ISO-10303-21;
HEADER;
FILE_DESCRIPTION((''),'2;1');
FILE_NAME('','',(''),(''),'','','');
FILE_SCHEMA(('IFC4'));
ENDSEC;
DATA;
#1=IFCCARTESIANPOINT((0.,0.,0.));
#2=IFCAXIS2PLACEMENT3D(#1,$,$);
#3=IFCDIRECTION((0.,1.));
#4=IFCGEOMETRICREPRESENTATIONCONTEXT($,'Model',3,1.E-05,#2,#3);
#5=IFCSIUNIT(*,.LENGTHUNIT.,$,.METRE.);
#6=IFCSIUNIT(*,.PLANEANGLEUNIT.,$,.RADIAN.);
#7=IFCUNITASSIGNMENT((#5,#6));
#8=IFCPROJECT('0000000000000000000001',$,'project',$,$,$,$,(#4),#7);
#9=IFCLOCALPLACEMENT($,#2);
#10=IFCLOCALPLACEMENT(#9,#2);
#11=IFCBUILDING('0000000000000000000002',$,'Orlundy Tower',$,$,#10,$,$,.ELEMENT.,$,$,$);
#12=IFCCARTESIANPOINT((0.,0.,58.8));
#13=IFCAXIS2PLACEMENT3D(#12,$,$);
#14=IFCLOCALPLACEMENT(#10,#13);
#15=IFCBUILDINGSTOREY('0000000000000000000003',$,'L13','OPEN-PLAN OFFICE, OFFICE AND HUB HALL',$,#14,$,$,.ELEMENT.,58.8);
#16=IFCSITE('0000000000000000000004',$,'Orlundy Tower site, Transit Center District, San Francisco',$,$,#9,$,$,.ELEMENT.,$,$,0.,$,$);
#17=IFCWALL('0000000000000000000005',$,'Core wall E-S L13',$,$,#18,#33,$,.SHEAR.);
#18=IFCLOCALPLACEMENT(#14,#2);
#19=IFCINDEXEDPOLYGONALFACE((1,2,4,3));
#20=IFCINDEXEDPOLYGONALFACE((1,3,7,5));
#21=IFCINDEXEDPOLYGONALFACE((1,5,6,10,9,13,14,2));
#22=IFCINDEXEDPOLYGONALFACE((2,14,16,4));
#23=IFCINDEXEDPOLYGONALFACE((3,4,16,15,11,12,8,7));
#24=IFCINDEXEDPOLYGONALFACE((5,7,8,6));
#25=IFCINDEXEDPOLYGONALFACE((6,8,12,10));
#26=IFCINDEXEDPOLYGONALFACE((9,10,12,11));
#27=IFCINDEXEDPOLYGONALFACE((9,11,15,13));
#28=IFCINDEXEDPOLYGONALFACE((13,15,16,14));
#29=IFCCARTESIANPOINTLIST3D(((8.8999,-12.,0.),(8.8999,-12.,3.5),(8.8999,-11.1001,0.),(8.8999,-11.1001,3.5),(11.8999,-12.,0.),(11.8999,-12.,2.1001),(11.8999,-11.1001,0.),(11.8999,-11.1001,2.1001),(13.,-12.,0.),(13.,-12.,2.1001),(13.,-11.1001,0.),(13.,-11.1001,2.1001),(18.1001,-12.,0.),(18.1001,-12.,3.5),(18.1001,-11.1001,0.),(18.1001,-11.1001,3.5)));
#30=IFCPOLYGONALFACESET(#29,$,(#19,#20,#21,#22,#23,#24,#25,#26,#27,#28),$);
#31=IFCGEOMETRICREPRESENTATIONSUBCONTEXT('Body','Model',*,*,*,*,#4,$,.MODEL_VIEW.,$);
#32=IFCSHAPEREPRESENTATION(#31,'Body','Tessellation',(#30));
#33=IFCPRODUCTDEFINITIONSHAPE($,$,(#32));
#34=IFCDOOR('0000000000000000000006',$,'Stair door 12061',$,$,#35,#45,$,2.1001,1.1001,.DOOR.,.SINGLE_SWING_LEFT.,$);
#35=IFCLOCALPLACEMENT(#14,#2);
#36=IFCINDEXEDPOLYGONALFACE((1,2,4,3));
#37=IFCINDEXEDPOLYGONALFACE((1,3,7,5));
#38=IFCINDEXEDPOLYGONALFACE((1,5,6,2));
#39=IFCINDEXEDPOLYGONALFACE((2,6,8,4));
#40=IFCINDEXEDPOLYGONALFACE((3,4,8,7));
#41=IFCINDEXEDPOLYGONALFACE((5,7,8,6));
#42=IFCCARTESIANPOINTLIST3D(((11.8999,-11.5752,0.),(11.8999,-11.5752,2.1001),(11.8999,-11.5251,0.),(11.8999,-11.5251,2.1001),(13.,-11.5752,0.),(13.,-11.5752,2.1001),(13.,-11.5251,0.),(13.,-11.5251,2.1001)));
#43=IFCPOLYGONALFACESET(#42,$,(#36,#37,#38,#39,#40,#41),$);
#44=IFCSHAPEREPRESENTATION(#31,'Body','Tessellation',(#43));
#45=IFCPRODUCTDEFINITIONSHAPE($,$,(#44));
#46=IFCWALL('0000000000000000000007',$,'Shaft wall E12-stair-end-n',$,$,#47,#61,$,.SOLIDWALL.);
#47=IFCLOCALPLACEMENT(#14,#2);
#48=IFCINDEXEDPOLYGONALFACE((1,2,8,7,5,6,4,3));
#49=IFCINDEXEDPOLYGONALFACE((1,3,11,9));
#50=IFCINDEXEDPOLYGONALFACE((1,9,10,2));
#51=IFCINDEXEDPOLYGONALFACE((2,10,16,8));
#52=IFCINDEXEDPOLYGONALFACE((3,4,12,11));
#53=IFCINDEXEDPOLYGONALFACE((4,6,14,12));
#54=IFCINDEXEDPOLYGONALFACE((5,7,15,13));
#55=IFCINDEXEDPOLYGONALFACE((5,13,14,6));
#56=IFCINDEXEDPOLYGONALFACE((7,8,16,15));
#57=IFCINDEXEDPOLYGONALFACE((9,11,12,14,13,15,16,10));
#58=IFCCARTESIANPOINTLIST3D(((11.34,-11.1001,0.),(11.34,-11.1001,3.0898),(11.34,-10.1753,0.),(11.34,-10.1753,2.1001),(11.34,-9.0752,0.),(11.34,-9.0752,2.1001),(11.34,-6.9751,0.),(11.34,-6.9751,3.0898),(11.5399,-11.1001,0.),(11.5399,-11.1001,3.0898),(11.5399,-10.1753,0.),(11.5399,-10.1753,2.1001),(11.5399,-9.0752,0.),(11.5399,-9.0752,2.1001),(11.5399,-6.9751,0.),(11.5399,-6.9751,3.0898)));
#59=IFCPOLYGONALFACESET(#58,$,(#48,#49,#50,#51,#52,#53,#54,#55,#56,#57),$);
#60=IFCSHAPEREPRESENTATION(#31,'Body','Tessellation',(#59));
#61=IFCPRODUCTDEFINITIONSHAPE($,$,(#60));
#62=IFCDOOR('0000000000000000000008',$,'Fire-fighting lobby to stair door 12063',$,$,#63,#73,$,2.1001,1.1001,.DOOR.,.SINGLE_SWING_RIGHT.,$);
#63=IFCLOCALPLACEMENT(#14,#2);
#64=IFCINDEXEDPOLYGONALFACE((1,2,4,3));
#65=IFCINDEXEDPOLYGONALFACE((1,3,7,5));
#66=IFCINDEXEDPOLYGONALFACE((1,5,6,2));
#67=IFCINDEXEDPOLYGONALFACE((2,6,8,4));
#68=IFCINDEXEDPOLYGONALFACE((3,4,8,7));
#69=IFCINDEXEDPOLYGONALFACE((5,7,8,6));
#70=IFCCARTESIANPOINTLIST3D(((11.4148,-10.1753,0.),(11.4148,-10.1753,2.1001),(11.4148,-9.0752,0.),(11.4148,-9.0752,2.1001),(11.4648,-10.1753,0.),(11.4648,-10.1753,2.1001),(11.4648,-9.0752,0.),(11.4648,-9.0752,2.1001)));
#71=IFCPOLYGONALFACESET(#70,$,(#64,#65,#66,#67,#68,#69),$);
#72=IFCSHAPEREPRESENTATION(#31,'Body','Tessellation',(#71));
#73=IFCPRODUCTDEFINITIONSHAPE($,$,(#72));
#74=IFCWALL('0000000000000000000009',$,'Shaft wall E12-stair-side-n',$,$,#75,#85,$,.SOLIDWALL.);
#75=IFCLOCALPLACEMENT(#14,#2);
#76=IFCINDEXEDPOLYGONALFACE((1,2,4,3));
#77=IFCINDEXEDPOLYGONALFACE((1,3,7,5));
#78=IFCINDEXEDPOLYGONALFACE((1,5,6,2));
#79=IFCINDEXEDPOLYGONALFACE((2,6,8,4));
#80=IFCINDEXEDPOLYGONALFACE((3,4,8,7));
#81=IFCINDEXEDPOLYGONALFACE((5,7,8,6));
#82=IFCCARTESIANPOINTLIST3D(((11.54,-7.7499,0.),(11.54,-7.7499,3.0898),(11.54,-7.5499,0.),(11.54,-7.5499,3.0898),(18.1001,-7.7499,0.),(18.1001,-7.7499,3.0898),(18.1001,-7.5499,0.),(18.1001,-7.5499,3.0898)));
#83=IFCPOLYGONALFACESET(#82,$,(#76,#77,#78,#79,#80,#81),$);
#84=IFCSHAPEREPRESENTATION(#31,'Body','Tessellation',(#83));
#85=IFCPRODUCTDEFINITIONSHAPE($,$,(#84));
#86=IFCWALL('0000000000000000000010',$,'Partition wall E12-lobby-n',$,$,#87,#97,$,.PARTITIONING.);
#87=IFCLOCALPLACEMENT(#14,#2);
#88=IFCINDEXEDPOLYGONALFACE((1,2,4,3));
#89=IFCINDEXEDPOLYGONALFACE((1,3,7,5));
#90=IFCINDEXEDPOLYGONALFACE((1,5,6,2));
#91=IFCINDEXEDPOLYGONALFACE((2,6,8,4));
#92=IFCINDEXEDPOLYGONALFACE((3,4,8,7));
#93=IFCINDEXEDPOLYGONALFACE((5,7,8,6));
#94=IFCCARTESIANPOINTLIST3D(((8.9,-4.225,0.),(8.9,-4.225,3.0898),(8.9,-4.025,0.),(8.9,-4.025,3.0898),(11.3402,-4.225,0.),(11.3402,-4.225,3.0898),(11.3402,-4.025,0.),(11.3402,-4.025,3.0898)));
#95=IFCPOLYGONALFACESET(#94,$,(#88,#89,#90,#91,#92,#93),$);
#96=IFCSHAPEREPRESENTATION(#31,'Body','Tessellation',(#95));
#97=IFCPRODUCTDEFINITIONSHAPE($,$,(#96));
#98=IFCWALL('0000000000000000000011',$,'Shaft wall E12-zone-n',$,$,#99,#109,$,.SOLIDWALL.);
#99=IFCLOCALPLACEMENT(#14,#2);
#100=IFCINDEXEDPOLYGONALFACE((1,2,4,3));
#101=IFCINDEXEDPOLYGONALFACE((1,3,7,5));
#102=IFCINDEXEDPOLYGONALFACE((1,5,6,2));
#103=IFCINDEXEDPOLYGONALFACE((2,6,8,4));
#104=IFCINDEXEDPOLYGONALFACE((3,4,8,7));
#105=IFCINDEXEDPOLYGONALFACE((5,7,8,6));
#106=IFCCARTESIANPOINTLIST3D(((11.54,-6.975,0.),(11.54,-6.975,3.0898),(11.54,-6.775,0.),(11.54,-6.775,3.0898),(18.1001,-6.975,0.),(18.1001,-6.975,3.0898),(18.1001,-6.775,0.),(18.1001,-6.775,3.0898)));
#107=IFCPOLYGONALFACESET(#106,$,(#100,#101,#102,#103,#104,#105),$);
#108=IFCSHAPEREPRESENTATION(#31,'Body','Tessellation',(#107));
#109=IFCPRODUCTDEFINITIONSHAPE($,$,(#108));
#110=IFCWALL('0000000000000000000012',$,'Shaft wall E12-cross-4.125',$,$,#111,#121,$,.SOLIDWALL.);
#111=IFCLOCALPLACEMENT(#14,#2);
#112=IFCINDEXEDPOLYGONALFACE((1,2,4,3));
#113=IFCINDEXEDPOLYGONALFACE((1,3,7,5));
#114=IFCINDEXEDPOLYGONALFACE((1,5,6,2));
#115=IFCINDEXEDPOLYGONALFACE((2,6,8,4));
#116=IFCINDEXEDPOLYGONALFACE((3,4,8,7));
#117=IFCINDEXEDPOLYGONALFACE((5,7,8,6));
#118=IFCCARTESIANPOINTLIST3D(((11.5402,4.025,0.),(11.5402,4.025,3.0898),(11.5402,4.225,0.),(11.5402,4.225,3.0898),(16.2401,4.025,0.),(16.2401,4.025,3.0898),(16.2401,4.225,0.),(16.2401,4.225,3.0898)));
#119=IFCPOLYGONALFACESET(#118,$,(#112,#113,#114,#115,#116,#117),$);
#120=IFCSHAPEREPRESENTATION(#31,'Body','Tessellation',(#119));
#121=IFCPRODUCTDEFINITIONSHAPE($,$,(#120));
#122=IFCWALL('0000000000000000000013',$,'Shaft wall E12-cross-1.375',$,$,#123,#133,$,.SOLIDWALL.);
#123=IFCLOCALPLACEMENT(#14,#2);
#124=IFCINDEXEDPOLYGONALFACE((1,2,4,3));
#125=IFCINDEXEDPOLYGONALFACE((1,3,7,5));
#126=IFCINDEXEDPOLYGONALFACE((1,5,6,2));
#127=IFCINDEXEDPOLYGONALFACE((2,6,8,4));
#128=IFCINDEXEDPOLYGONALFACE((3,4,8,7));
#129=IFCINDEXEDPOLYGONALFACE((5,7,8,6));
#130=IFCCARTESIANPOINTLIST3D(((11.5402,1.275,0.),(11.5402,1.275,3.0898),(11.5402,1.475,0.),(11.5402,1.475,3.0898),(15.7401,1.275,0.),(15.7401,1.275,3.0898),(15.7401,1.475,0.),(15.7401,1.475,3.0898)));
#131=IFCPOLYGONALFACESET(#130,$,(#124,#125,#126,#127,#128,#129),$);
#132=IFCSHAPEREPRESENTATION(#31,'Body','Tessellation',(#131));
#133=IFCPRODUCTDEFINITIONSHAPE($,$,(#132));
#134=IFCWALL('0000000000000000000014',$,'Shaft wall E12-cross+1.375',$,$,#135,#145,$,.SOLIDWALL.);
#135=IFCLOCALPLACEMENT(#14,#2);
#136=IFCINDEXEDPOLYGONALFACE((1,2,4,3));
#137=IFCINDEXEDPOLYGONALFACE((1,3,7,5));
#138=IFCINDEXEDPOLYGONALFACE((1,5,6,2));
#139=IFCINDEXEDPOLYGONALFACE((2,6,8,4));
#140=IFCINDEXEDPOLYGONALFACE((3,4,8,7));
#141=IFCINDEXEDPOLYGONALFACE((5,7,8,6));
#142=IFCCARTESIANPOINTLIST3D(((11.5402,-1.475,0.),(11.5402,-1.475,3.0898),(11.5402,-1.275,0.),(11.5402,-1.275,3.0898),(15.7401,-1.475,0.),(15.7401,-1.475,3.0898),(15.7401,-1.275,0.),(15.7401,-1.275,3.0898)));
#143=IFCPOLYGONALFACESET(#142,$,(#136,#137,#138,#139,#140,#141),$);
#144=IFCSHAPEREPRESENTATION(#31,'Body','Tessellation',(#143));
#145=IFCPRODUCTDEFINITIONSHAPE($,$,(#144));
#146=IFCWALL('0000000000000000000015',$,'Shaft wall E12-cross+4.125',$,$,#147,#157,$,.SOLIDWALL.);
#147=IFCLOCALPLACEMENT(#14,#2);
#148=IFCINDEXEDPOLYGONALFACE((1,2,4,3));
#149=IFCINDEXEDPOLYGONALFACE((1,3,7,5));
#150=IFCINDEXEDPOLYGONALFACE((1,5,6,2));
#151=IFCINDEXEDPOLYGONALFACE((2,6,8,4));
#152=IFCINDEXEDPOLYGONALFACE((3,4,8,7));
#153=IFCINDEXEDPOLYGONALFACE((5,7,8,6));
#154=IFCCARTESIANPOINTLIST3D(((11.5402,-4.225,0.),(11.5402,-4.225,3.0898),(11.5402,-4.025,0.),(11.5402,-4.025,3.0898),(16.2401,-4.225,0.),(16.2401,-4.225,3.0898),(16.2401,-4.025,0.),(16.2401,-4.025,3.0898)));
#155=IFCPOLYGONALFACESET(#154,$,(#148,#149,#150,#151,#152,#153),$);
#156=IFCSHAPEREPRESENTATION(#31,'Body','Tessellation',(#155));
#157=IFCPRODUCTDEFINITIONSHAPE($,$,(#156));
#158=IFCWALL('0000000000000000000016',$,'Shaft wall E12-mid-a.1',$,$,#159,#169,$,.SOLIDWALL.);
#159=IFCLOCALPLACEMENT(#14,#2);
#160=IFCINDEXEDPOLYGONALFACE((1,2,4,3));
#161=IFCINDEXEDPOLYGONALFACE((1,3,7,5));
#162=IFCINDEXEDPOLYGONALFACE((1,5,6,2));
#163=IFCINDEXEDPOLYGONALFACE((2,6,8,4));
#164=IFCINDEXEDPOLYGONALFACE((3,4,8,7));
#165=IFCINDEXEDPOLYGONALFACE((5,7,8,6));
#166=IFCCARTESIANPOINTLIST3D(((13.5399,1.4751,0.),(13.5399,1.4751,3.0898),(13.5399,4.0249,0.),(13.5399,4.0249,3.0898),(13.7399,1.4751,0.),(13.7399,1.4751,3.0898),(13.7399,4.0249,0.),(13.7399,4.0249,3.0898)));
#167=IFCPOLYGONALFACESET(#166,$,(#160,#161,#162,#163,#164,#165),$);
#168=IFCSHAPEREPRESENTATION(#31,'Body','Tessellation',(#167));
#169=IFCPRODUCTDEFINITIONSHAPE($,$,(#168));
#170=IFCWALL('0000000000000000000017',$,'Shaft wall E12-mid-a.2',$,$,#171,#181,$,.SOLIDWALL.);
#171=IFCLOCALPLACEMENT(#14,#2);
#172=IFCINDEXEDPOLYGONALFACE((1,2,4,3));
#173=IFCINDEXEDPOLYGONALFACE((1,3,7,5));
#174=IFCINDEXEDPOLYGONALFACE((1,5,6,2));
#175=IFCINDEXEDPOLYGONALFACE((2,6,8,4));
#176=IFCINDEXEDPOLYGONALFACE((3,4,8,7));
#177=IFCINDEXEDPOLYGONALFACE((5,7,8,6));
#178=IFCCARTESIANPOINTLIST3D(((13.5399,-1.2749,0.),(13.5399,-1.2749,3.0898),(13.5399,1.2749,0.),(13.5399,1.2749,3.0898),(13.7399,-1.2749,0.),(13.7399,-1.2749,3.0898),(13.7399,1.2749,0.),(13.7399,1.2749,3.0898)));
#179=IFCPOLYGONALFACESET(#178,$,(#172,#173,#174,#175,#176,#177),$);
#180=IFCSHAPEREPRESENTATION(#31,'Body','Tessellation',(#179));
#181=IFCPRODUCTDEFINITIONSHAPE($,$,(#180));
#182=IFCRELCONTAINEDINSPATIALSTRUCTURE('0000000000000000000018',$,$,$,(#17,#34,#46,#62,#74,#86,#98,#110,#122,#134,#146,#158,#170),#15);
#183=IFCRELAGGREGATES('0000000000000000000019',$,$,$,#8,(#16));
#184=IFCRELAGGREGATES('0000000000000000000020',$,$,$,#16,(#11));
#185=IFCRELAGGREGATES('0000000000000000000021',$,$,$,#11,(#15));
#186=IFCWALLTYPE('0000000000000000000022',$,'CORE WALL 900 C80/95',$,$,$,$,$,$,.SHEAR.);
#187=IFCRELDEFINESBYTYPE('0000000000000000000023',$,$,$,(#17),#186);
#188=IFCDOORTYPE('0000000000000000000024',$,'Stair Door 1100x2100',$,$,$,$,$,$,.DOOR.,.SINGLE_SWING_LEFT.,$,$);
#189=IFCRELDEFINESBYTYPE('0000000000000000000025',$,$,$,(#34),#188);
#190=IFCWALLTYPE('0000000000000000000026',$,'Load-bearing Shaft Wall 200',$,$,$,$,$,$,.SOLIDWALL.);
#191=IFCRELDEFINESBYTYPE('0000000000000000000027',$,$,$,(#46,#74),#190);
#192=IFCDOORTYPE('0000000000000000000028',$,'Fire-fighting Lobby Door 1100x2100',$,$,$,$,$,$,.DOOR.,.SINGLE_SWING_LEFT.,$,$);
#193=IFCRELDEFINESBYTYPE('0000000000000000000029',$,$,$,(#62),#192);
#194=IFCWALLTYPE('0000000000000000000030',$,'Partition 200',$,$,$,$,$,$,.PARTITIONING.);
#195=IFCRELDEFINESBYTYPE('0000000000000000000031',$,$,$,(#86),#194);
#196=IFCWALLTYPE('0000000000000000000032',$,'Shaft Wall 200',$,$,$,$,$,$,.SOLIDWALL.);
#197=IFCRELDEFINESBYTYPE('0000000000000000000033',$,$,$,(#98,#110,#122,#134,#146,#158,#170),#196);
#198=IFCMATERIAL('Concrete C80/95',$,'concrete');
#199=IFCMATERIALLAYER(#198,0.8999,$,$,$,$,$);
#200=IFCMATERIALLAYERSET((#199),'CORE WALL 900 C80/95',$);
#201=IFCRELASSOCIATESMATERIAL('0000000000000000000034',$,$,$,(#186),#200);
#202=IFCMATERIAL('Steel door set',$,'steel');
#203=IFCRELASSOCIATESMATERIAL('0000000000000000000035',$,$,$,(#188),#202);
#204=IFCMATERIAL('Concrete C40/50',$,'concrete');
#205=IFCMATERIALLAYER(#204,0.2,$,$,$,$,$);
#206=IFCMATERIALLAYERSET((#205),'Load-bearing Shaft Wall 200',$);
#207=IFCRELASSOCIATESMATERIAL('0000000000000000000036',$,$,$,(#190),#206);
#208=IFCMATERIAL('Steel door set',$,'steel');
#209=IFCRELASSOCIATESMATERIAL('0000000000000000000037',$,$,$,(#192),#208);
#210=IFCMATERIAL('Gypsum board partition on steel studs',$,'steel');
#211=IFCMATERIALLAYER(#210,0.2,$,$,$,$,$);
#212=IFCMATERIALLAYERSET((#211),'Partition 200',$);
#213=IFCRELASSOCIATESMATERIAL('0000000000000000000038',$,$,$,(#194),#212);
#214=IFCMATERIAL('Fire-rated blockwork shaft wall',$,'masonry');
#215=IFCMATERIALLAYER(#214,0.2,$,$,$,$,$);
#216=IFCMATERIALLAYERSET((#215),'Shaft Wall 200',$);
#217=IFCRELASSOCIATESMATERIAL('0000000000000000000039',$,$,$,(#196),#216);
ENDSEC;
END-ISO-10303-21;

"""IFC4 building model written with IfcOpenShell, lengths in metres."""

from ifc_helpers import new_model, si_unit, direction, frame, frame_2d, origin, place, context, subcontext, project, spatial, rectangle, extrude, material, layer, layer_set, type_object, element, fill, save


model = new_model("IFC4")

# Units and contexts
model_context = context("Model", 3, precision=1e-05, world=origin(), true_north=direction((0.0, 1.0)))
body_context = subcontext(model_context, "Body", "Model", "MODEL_VIEW")
ifc_project = project(units=[si_unit("LENGTHUNIT", "METRE"), si_unit("PLANEANGLEUNIT", "RADIAN")], contexts=[model_context])

# Site, building, storey
site_placement = place(None, origin())
site = spatial("IfcSite", under=ifc_project, at=site_placement, Name="Orlundy Tower site, Transit Center District, San Francisco", CompositionType="ELEMENT", RefElevation=0.0)
building_placement = place(site_placement, origin())
building = spatial("IfcBuilding", under=site, at=building_placement, Name="Orlundy Tower", CompositionType="ELEMENT")
storey_placement = place(building_placement, frame((0.0, 0.0, 58.8)))
storey = spatial("IfcBuildingStorey", under=building, at=storey_placement, Name="L13", Description="OPEN-PLAN OFFICE, OFFICE AND HUB HALL", CompositionType="ELEMENT", Elevation=58.8)

# Walls, openings, doors
ifc_material_1 = material(Name="Concrete C80/95", Category="concrete")
ifc_layer_1 = layer(ifc_material_1, 0.8999)
ifc_layer_set_1 = layer_set([ifc_layer_1], Name="CORE WALL 900 C80/95")
wall_type_1 = type_object("IfcWallType", Name="CORE WALL 900 C80/95", PredefinedType="SHEAR", material=ifc_layer_set_1)
wall_1_placement = place(storey_placement, frame((8.8999, -11.55, 0.0), z_axis=(0.0, 0.0, 1.0), x_axis=(1.0, 0.0, 0.0)))
wall_1 = element("IfcWall", 1, at=wall_1_placement, inside=storey, type_object=wall_type_1, Name="Core wall E-S L13", PredefinedType="SHEAR", context=body_context, shape_type="SweptSolid", body=[
    extrude(rectangle(XDim=9.2002, YDim=0.8999, at=frame_2d((4.6001, 0.0))), origin(), (0.0, 0.0, 1.0), 3.5),
])
opening_1_placement = place(wall_1_placement, frame((3.0, 0.0, 0.0)))
opening_1 = element("IfcOpeningElement", 2, at=opening_1_placement, cuts=wall_1, PredefinedType="OPENING", context=body_context, shape_type="SweptSolid", body=[
    extrude(rectangle(XDim=1.1001, YDim=2.1001, at=frame_2d((0.55, 1.05))), frame((0.0, 0.46, 0.0), z_axis=(0.0, -1.0, 0.0), x_axis=(1.0, 0.0, 0.0)), (0.0, 0.0, 1.0), 0.9199),
])
ifc_material_2 = material(Name="Steel door set", Category="steel")
door_type_1 = type_object("IfcDoorType", Name="Stair Door 1100x2100", OperationType="SINGLE_SWING_LEFT", PredefinedType="DOOR", material=ifc_material_2)
door_1_placement = place(opening_1_placement, origin())
door_1 = element("IfcDoor", 3, at=door_1_placement, inside=storey, type_object=door_type_1, Name="Stair door 12061", OperationType="SINGLE_SWING_LEFT", OverallHeight=2.1001, OverallWidth=1.1001, PredefinedType="DOOR", context=body_context, shape_type="SweptSolid", body=[
    extrude(rectangle(XDim=1.1001, YDim=2.1001, at=frame_2d((0.55, 1.05))), frame((0.0, 0.0249, 0.0), z_axis=(0.0, -1.0, 0.0), x_axis=(1.0, 0.0, 0.0)), (0.0, 0.0, 1.0), 0.05),
])
fill(opening_1, door_1)
ifc_material_3 = material(Name="Concrete C40/50", Category="concrete")
ifc_layer_2 = layer(ifc_material_3, 0.2)
ifc_layer_set_2 = layer_set([ifc_layer_2], Name="Load-bearing Shaft Wall 200")
wall_type_2 = type_object("IfcWallType", Name="Load-bearing Shaft Wall 200", PredefinedType="SOLIDWALL", material=ifc_layer_set_2)
wall_2_placement = place(storey_placement, frame((11.4399, -6.9751, 0.0), z_axis=(0.0, 0.0, 1.0), x_axis=(0.0, -1.0, 0.0)))
wall_2 = element("IfcWall", 4, at=wall_2_placement, inside=storey, type_object=wall_type_2, Name="Shaft wall E12-stair-end-n", PredefinedType="SOLIDWALL", context=body_context, shape_type="SweptSolid", body=[
    extrude(rectangle(XDim=4.125, YDim=0.2, at=frame_2d((2.0625, 0.0))), origin(), (0.0, 0.0, 1.0), 3.0898),
])
opening_2_placement = place(wall_2_placement, frame((2.1001, 0.0, 0.0)))
opening_2 = element("IfcOpeningElement", 5, at=opening_2_placement, cuts=wall_2, PredefinedType="OPENING", context=body_context, shape_type="SweptSolid", body=[
    extrude(rectangle(XDim=1.1001, YDim=2.1001, at=frame_2d((0.55, 1.05))), frame((0.0, 0.1101, 0.0), z_axis=(0.0, -1.0, 0.0), x_axis=(1.0, 0.0, 0.0)), (0.0, 0.0, 1.0), 0.2202),
])
ifc_material_4 = material(Name="Steel door set", Category="steel")
door_type_2 = type_object("IfcDoorType", Name="Fire-fighting Lobby Door 1100x2100", OperationType="SINGLE_SWING_LEFT", PredefinedType="DOOR", material=ifc_material_4)
door_2_placement = place(opening_2_placement, origin())
door_2 = element("IfcDoor", 6, at=door_2_placement, inside=storey, type_object=door_type_2, Name="Fire-fighting lobby to stair door 12063", OperationType="SINGLE_SWING_RIGHT", OverallHeight=2.1001, OverallWidth=1.1001, PredefinedType="DOOR", context=body_context, shape_type="SweptSolid", body=[
    extrude(rectangle(XDim=1.1001, YDim=2.1001, at=frame_2d((0.55, 1.05))), frame((0.0, 0.0249, 0.0), z_axis=(0.0, -1.0, 0.0), x_axis=(1.0, 0.0, 0.0)), (0.0, 0.0, 1.0), 0.05),
])
fill(opening_2, door_2)

# Walls
wall_3_placement = place(storey_placement, frame((11.54, -7.6499, 0.0), z_axis=(0.0, 0.0, 1.0), x_axis=(1.0, 0.0, 0.0)))
element("IfcWall", 7, at=wall_3_placement, inside=storey, type_object=wall_type_2, Name="Shaft wall E12-stair-side-n", PredefinedType="SOLIDWALL", context=body_context, shape_type="SweptSolid", body=[
    extrude(rectangle(XDim=6.5601, YDim=0.2, at=frame_2d((3.28, 0.0))), origin(), (0.0, 0.0, 1.0), 3.0898),
])
ifc_material_5 = material(Name="Gypsum board partition on steel studs", Category="steel")
ifc_layer_3 = layer(ifc_material_5, 0.2)
ifc_layer_set_3 = layer_set([ifc_layer_3], Name="Partition 200")
wall_type_3 = type_object("IfcWallType", Name="Partition 200", PredefinedType="PARTITIONING", material=ifc_layer_set_3)
wall_4_placement = place(storey_placement, frame((8.8999, -4.125, 0.0), z_axis=(0.0, 0.0, 1.0), x_axis=(1.0, 0.0, 0.0)))
element("IfcWall", 8, at=wall_4_placement, inside=storey, type_object=wall_type_3, Name="Partition wall E12-lobby-n", PredefinedType="PARTITIONING", context=body_context, shape_type="SweptSolid", body=[
    extrude(rectangle(XDim=2.4402, YDim=0.2, at=frame_2d((1.2202, 0.0))), origin(), (0.0, 0.0, 1.0), 3.0898),
])
ifc_material_6 = material(Name="Fire-rated blockwork shaft wall", Category="masonry")
ifc_layer_4 = layer(ifc_material_6, 0.2)
ifc_layer_set_4 = layer_set([ifc_layer_4], Name="Shaft Wall 200")
wall_type_4 = type_object("IfcWallType", Name="Shaft Wall 200", PredefinedType="SOLIDWALL", material=ifc_layer_set_4)
wall_5_placement = place(storey_placement, frame((11.54, -6.875, 0.0), z_axis=(0.0, 0.0, 1.0), x_axis=(1.0, 0.0, 0.0)))
element("IfcWall", 9, at=wall_5_placement, inside=storey, type_object=wall_type_4, Name="Shaft wall E12-zone-n", PredefinedType="SOLIDWALL", context=body_context, shape_type="SweptSolid", body=[
    extrude(rectangle(XDim=6.5601, YDim=0.2, at=frame_2d((3.28, 0.0))), origin(), (0.0, 0.0, 1.0), 3.0898),
])
wall_6_placement = place(storey_placement, frame((11.54, 4.125, 0.0), z_axis=(0.0, 0.0, 1.0), x_axis=(1.0, 0.0, 0.0)))
element("IfcWall", 10, at=wall_6_placement, inside=storey, type_object=wall_type_4, Name="Shaft wall E12-cross-4.125", PredefinedType="SOLIDWALL", context=body_context, shape_type="SweptSolid", body=[
    extrude(rectangle(XDim=4.7, YDim=0.2, at=frame_2d((2.3501, 0.0))), origin(), (0.0, 0.0, 1.0), 3.0898),
])
for number, where, z_axis, x_axis, name in (
    (11, (11.54, 1.375, 0.0), (0.0, 0.0, 1.0), (1.0, 0.0, 0.0), "Shaft wall E12-cross-1.375"),
    (12, (11.54, -1.375, 0.0), (0.0, 0.0, 1.0), (1.0, 0.0, 0.0), "Shaft wall E12-cross+1.375"),
):
    element("IfcWall", number, at=place(storey_placement, frame(where, z_axis=z_axis, x_axis=x_axis)), inside=storey, type_object=wall_type_4, Name=name, PredefinedType="SOLIDWALL", context=body_context, shape_type="SweptSolid", body=[
        extrude(rectangle(XDim=4.2, YDim=0.2, at=frame_2d((2.1001, 0.0))), origin(), (0.0, 0.0, 1.0), 3.0898),
    ])
wall_7_placement = place(storey_placement, frame((11.54, -4.125, 0.0), z_axis=(0.0, 0.0, 1.0), x_axis=(1.0, 0.0, 0.0)))
element("IfcWall", 13, at=wall_7_placement, inside=storey, type_object=wall_type_4, Name="Shaft wall E12-cross+4.125", PredefinedType="SOLIDWALL", context=body_context, shape_type="SweptSolid", body=[
    extrude(rectangle(XDim=4.7, YDim=0.2, at=frame_2d((2.3501, 0.0))), origin(), (0.0, 0.0, 1.0), 3.0898),
])
for number, where, z_axis, x_axis, name in (
    (14, (13.6399, 4.0249, 0.0), (0.0, 0.0, 1.0), (0.0, -1.0, 0.0), "Shaft wall E12-mid-a.1"),
    (15, (13.6399, 1.2749, 0.0), (0.0, 0.0, 1.0), (0.0, -1.0, 0.0), "Shaft wall E12-mid-a.2"),
):
    element("IfcWall", number, at=place(storey_placement, frame(where, z_axis=z_axis, x_axis=x_axis)), inside=storey, type_object=wall_type_4, Name=name, PredefinedType="SOLIDWALL", context=body_context, shape_type="SweptSolid", body=[
        extrude(rectangle(XDim=2.5498, YDim=0.2, at=frame_2d((1.2749, 0.0))), origin(), (0.0, 0.0, 1.0), 3.0898),
    ])

save(model, "model.ifc")
